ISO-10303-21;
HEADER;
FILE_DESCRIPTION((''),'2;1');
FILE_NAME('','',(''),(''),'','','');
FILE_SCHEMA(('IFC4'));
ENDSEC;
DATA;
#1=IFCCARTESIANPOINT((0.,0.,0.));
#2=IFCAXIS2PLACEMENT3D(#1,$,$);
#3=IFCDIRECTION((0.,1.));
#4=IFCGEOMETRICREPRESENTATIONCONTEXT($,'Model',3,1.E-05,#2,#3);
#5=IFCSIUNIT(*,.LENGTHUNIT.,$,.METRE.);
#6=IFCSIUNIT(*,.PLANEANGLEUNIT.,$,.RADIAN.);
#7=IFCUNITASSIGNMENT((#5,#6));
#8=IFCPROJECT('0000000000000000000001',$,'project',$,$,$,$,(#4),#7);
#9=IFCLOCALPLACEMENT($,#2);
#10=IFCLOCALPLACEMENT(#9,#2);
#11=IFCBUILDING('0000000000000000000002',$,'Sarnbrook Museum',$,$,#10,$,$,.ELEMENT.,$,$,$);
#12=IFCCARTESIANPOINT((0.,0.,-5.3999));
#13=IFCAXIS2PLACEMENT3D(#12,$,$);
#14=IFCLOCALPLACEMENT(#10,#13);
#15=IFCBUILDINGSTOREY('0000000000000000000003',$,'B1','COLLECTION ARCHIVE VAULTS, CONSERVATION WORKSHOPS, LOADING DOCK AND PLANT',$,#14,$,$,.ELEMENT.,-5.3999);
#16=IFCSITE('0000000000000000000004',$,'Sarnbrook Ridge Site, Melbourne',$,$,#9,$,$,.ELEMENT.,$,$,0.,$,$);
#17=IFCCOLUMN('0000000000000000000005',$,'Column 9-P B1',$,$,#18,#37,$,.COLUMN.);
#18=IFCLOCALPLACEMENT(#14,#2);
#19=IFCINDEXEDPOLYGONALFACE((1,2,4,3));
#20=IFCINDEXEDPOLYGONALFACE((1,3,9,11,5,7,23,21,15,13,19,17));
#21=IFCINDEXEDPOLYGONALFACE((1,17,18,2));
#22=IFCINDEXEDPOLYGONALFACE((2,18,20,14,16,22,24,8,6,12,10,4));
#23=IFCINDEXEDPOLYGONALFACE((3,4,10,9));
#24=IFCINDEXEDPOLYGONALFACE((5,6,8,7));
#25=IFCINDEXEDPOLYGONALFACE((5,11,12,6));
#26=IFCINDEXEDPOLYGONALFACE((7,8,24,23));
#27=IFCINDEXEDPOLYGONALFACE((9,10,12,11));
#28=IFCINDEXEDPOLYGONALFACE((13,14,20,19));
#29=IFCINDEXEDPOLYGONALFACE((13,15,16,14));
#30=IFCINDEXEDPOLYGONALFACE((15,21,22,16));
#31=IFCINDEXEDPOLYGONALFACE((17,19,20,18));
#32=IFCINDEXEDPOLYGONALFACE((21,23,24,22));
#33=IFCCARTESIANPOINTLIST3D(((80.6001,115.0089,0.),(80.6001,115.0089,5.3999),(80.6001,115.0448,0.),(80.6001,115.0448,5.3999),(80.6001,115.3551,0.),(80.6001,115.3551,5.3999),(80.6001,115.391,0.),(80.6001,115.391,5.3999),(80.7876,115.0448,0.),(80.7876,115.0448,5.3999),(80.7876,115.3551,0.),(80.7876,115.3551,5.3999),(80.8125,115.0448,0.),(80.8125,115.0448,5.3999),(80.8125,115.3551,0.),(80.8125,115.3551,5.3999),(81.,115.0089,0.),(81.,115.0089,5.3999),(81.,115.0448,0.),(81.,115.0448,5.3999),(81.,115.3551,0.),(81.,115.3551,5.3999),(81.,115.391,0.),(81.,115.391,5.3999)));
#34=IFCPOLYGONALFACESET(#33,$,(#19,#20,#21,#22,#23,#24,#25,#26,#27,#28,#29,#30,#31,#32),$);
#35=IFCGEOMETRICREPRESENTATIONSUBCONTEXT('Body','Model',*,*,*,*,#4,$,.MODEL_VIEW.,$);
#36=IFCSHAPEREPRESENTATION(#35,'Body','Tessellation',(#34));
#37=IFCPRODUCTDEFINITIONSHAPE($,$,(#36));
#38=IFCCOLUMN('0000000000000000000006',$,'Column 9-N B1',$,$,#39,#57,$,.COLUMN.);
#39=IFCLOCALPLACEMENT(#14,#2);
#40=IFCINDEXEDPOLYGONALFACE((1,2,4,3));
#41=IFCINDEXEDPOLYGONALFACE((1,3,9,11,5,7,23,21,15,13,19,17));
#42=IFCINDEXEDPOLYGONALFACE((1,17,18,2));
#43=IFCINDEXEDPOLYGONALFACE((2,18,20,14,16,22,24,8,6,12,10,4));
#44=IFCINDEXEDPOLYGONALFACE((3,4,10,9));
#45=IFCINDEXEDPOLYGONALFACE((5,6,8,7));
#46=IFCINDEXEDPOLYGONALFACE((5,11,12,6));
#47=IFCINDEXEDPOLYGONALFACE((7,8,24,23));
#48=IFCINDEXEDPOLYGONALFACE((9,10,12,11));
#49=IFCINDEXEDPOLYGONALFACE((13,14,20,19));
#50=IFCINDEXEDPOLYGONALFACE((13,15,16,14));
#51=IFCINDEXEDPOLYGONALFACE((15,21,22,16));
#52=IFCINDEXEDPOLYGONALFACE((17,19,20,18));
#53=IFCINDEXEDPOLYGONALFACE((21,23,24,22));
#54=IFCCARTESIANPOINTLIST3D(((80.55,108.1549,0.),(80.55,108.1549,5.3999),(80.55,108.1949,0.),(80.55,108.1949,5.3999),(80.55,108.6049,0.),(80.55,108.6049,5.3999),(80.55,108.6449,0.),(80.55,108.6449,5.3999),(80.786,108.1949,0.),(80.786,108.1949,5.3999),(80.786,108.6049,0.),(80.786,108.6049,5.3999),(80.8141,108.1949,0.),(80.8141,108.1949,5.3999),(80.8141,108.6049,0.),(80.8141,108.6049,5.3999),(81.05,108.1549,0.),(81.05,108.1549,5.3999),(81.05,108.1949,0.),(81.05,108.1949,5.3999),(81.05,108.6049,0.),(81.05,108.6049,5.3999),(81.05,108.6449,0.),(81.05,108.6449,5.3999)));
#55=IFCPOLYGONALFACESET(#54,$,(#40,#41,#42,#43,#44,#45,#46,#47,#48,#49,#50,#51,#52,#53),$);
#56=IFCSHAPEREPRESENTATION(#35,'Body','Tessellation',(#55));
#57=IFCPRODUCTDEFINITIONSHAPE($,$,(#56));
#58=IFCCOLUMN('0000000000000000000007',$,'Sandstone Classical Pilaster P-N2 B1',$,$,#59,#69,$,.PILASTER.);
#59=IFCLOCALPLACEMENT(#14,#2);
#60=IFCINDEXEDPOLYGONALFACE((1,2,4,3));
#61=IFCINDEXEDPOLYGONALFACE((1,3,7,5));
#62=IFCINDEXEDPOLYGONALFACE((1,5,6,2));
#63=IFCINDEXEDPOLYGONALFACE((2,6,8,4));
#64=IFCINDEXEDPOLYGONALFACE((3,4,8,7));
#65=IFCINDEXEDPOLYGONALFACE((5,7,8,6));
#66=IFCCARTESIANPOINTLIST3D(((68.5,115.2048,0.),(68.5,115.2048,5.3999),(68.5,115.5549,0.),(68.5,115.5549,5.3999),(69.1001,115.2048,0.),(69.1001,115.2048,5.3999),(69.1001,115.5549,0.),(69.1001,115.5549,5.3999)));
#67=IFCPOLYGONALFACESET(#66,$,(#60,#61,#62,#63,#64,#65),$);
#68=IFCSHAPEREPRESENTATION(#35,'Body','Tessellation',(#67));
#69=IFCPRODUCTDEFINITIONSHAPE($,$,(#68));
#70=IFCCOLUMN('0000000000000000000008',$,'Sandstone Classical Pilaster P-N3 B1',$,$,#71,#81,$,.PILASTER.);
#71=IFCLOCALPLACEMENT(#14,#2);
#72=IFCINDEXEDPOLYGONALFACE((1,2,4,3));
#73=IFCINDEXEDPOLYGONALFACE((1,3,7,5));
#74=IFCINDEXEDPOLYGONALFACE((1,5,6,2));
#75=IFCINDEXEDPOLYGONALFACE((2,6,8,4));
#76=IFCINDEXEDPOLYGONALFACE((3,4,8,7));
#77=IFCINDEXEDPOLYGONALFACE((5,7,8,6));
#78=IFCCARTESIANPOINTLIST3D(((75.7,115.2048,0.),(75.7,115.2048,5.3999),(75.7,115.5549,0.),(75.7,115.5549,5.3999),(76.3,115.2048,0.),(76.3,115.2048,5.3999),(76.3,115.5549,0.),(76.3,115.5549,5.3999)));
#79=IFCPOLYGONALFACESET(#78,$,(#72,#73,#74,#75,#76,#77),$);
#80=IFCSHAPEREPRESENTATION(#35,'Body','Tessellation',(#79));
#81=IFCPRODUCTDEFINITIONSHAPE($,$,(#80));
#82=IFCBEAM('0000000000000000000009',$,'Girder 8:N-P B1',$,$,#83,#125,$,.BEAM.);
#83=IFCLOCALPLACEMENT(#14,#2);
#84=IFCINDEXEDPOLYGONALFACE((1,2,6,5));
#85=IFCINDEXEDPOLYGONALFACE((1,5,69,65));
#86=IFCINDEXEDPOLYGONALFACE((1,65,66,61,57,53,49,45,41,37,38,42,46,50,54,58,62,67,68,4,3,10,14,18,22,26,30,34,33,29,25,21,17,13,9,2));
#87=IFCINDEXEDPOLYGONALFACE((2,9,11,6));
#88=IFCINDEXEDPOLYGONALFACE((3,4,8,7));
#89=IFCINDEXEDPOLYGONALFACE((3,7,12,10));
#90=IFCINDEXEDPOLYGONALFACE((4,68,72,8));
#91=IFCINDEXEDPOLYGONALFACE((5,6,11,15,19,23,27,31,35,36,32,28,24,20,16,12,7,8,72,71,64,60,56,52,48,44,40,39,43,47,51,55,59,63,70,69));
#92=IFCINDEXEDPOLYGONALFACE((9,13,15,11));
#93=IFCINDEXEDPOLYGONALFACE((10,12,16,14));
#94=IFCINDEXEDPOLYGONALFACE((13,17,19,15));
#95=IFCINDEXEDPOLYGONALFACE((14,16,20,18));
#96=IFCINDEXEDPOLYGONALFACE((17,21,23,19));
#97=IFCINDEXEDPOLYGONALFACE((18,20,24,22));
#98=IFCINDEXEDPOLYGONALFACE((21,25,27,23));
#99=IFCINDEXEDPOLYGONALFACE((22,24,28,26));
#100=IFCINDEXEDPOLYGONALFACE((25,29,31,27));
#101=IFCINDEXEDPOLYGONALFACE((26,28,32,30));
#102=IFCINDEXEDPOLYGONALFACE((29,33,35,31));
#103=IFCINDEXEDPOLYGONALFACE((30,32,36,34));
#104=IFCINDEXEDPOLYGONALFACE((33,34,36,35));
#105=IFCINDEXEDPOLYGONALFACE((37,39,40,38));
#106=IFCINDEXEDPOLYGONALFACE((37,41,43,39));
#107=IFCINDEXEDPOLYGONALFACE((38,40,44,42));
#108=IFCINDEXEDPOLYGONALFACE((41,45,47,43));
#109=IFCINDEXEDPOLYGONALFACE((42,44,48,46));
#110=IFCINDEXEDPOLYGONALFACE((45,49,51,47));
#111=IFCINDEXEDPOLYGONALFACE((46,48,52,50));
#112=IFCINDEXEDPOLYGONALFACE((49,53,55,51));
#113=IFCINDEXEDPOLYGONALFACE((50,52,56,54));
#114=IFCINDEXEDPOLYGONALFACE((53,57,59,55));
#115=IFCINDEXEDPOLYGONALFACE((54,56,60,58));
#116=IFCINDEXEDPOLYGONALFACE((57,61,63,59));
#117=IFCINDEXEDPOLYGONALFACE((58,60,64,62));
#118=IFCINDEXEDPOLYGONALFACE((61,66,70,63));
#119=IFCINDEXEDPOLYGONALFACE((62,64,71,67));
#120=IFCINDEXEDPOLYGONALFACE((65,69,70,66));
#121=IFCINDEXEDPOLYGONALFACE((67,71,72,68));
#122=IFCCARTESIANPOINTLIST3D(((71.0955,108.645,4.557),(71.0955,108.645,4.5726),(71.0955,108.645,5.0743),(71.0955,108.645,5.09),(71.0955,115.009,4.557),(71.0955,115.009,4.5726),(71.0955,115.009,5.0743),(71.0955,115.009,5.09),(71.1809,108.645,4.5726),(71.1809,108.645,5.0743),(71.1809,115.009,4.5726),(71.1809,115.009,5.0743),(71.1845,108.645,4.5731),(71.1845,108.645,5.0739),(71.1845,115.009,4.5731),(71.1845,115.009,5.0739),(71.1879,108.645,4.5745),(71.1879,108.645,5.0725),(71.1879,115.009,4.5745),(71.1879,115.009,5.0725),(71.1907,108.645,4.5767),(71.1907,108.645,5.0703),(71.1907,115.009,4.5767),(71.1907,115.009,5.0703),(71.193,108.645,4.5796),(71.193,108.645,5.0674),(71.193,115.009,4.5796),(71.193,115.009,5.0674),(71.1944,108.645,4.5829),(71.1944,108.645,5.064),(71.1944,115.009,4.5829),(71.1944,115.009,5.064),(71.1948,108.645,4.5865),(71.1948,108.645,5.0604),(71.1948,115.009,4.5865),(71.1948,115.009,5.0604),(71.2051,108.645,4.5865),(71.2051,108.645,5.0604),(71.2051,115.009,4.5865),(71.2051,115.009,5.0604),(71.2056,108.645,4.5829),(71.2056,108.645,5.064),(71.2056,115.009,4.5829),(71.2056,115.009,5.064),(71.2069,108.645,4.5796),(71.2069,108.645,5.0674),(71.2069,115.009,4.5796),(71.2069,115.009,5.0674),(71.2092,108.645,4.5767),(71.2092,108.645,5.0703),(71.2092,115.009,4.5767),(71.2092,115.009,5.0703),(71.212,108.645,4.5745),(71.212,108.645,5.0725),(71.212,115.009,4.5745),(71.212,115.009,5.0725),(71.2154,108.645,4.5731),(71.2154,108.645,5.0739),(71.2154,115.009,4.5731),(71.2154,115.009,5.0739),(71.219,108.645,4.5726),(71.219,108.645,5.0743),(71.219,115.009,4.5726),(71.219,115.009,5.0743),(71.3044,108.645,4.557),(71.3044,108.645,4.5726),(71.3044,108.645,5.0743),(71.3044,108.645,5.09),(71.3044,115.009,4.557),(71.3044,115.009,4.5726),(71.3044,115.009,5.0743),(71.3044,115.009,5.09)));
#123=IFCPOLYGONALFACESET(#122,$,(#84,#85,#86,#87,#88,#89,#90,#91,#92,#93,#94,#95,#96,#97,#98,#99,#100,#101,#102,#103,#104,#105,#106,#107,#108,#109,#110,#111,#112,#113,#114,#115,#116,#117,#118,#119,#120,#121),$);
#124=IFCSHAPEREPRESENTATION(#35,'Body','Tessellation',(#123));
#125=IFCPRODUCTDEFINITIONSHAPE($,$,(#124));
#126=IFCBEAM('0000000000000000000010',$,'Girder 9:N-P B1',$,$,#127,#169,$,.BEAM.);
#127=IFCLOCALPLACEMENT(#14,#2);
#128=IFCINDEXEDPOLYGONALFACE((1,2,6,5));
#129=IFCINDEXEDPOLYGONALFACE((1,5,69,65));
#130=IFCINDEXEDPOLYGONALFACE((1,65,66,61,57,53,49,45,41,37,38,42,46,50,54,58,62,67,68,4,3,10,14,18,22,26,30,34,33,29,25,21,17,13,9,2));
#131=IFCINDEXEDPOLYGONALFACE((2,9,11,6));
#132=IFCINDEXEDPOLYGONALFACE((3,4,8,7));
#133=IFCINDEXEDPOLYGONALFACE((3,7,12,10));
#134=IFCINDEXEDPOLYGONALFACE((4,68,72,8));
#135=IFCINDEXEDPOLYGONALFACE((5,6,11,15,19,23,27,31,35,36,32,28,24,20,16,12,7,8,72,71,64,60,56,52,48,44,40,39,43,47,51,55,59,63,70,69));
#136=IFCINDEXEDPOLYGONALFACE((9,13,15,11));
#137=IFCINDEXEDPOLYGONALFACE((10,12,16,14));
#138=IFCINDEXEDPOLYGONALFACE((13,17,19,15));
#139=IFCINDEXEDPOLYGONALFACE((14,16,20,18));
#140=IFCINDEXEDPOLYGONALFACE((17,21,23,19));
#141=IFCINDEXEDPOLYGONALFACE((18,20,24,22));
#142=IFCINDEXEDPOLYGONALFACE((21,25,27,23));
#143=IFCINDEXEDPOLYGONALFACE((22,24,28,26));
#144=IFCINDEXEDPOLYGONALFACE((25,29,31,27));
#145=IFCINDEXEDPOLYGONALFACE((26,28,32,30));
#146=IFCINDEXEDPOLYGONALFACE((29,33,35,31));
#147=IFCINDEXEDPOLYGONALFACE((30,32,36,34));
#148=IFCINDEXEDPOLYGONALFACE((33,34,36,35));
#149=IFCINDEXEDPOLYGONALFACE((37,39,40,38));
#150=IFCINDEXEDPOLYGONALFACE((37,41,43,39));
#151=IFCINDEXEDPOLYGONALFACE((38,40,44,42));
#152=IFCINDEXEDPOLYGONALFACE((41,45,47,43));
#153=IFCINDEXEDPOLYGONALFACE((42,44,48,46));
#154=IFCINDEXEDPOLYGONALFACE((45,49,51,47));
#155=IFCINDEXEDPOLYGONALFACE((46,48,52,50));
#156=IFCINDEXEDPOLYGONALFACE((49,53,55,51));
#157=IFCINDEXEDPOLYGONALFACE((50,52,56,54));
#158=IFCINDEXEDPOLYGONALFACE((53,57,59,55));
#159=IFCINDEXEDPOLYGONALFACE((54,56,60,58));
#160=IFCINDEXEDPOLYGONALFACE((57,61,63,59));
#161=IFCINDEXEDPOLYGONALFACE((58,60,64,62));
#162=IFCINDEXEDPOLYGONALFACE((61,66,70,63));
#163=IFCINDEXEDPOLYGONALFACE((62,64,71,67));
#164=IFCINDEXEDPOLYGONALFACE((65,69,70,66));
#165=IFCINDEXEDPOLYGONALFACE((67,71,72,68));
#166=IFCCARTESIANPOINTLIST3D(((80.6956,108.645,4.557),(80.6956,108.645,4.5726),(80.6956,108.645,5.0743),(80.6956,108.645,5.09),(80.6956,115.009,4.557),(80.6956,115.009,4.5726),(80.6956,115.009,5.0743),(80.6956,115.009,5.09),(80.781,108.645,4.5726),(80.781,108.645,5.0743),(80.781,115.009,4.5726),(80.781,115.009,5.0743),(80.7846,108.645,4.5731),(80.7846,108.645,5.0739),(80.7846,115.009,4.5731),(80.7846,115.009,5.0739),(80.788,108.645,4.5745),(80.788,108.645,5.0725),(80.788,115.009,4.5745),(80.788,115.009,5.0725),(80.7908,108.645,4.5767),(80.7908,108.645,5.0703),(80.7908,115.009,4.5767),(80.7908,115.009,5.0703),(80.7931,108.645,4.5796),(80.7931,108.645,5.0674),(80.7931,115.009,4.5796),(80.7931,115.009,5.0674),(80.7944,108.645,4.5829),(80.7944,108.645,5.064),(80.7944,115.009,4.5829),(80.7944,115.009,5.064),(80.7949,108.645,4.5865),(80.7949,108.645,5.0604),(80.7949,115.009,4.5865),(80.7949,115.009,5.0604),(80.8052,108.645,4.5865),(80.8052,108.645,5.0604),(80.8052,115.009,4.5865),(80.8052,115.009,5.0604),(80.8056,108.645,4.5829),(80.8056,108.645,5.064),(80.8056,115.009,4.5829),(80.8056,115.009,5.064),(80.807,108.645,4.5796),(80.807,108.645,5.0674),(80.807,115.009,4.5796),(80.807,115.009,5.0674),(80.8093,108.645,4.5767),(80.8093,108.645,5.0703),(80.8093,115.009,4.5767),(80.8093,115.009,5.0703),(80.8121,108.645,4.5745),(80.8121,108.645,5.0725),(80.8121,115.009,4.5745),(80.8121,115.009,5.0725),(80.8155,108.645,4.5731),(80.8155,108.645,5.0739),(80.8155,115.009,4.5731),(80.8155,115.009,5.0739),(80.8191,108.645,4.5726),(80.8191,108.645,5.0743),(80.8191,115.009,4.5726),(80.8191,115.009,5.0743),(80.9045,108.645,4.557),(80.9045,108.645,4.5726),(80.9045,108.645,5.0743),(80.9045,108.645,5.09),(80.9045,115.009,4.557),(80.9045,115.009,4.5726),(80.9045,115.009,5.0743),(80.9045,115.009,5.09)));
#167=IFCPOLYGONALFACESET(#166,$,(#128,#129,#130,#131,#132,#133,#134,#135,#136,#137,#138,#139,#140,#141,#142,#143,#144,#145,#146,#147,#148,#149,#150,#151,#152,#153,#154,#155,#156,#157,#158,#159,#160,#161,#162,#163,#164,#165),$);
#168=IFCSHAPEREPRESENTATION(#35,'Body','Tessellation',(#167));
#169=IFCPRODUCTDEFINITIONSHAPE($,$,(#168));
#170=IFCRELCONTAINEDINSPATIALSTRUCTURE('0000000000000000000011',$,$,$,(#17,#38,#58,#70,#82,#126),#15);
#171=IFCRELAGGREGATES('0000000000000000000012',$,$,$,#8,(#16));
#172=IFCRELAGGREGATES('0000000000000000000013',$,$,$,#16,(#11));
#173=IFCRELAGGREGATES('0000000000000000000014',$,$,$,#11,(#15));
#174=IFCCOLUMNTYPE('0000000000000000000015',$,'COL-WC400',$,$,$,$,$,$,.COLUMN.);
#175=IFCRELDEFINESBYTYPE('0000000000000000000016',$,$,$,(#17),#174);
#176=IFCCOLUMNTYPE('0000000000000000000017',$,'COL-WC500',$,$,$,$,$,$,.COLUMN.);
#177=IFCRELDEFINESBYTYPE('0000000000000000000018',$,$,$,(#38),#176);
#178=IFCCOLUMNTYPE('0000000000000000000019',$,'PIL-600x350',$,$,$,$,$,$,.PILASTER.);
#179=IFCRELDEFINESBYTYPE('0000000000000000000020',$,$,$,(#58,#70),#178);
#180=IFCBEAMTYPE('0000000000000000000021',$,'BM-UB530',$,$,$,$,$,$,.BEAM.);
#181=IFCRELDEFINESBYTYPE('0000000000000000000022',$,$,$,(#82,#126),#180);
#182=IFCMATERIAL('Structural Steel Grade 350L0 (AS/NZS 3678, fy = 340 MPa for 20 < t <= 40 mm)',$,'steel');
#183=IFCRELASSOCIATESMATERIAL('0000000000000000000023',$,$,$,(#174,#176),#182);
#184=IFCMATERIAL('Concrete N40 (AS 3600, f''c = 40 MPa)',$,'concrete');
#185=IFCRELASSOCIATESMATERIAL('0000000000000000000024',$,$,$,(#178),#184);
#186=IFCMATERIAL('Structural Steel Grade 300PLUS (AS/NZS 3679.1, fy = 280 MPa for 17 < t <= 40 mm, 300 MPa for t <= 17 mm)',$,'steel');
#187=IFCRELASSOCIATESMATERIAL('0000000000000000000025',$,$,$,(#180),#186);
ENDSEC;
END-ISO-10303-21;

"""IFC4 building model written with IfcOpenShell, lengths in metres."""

from ifc_helpers import new_model, si_unit, direction, frame, origin, origin_2d, place, context, subcontext, project, spatial, rectangle, i_section, extrude, material, material_profile, profile_set, type_object, element, save


model = new_model("IFC4")

# Units and contexts
model_context = context("Model", 3, precision=1e-05, world=origin(), true_north=direction((0.0, 1.0)))
body_context = subcontext(model_context, "Body", "Model", "MODEL_VIEW")
ifc_project = project(units=[si_unit("LENGTHUNIT", "METRE"), si_unit("PLANEANGLEUNIT", "RADIAN")], contexts=[model_context])

# Site, building, storey
site_placement = place(None, origin())
site = spatial("IfcSite", under=ifc_project, at=site_placement, Name="Sarnbrook Ridge Site, Melbourne", CompositionType="ELEMENT", RefElevation=0.0)
building_placement = place(site_placement, origin())
building = spatial("IfcBuilding", under=site, at=building_placement, Name="Sarnbrook Museum", CompositionType="ELEMENT")
storey_placement = place(building_placement, frame((0.0, 0.0, -5.3999)))
storey = spatial("IfcBuildingStorey", under=building, at=storey_placement, Name="B1", Description="COLLECTION ARCHIVE VAULTS, CONSERVATION WORKSHOPS, LOADING DOCK AND PLANT", CompositionType="ELEMENT", Elevation=-5.3999)

# Shared definitions
ifc_material_1 = material(Name="Concrete N40 (AS 3600, f'c = 40 MPa)", Category="concrete")

# Columns
ifc_material_2 = material(Name="Structural Steel Grade 350L0 (AS/NZS 3678, fy = 340 MPa for 20 < t <= 40 mm)", Category="steel")
ifc_material_profile_1 = material_profile(ifc_material_2, i_section(OverallWidth=0.3999, OverallDepth=0.3821, WebThickness=0.0249, FlangeThickness=0.0359, at=origin_2d()), Name="400WC270")
ifc_profile_set_1 = profile_set([ifc_material_profile_1], Name="Structural Steel Grade 350L0 (AS/NZS 3678, fy = 340 MPa for 20 < t <= 40 mm)")
column_type_1 = type_object("IfcColumnType", Name="COL-WC400", PredefinedType="COLUMN", material=ifc_profile_set_1)
for number, where, z_axis, x_axis, name in (
    (1, (80.8, 115.2, 0.0), (0.0, 0.0, 1.0), (1.0, 0.0, 0.0), "Column 9-P B1"),
):
    element("IfcColumn", number, at=place(storey_placement, frame(where, z_axis=z_axis, x_axis=x_axis)), inside=storey, type_object=column_type_1, Name=name, PredefinedType="COLUMN", context=body_context, shape_type="SweptSolid", body=[
        extrude(i_section(OverallWidth=0.3999, OverallDepth=0.3821, WebThickness=0.0249, FlangeThickness=0.0359, at=origin_2d()), origin(), (0.0, 0.0, 1.0), 5.3999),
    ])
ifc_material_profile_2 = material_profile(ifc_material_2, i_section(OverallWidth=0.5, OverallDepth=0.49, WebThickness=0.0281, FlangeThickness=0.04, at=origin_2d()), Name="500WC340")
ifc_profile_set_2 = profile_set([ifc_material_profile_2], Name="Structural Steel Grade 350L0 (AS/NZS 3678, fy = 340 MPa for 20 < t <= 40 mm)")
column_type_2 = type_object("IfcColumnType", Name="COL-WC500", PredefinedType="COLUMN", material=ifc_profile_set_2)
column_placement = place(storey_placement, frame((80.8, 108.3999, 0.0), z_axis=(0.0, 0.0, 1.0), x_axis=(1.0, 0.0, 0.0)))
element("IfcColumn", 2, at=column_placement, inside=storey, type_object=column_type_2, Name="Column 9-N B1", PredefinedType="COLUMN", context=body_context, shape_type="SweptSolid", body=[
    extrude(i_section(OverallWidth=0.5, OverallDepth=0.49, WebThickness=0.0281, FlangeThickness=0.04, at=origin_2d()), origin(), (0.0, 0.0, 1.0), 5.3999),
])
ifc_material_profile_3 = material_profile(ifc_material_1, rectangle(XDim=0.6001, YDim=0.3501, at=origin_2d()), Name="PILASTER 600x350")
ifc_profile_set_3 = profile_set([ifc_material_profile_3], Name="Concrete N40 (AS 3600, f'c = 40 MPa)")
column_type_3 = type_object("IfcColumnType", Name="PIL-600x350", PredefinedType="PILASTER", material=ifc_profile_set_3)
for number, where, z_axis, x_axis, name in (
    (3, (68.8, 115.3799, 0.0), (0.0, 0.0, 1.0), (1.0, 0.0, 0.0), "Sandstone Classical Pilaster P-N2 B1"),
    (4, (76.0, 115.3799, 0.0), (0.0, 0.0, 1.0), (1.0, 0.0, 0.0), "Sandstone Classical Pilaster P-N3 B1"),
):
    element("IfcColumn", number, at=place(storey_placement, frame(where, z_axis=z_axis, x_axis=x_axis)), inside=storey, type_object=column_type_3, Name=name, PredefinedType="PILASTER", context=body_context, shape_type="SweptSolid", body=[
        extrude(rectangle(XDim=0.6001, YDim=0.3501, at=origin_2d()), origin(), (0.0, 0.0, 1.0), 5.3999),
    ])

# Beams
ifc_material_3 = material(Name="Structural Steel Grade 300PLUS (AS/NZS 3679.1, fy = 280 MPa for 17 < t <= 40 mm, 300 MPa for t <= 17 mm)", Category="steel")
ifc_material_profile_4 = material_profile(ifc_material_3, i_section(OverallWidth=0.209, OverallDepth=0.533, WebThickness=0.0103, FlangeThickness=0.0156, FilletRadius=0.0139, at=origin_2d()), Name="530UB92.4")
ifc_profile_set_4 = profile_set([ifc_material_profile_4], Name="Structural Steel Grade 300PLUS (AS/NZS 3679.1, fy = 280 MPa for 17 < t <= 40 mm, 300 MPa for t <= 17 mm)")
beam_type_1 = type_object("IfcBeamType", Name="BM-UB530", PredefinedType="BEAM", material=ifc_profile_set_4)
for number, where, z_axis, x_axis, name in (
    (5, (71.2, 108.645, 4.8235), (0.0, 1.0, 0.0), (-1.0, 0.0, 0.0), "Girder 8:N-P B1"),
    (6, (80.8, 108.645, 4.8235), (0.0, 1.0, 0.0), (-1.0, 0.0, 0.0), "Girder 9:N-P B1"),
):
    element("IfcBeam", number, at=place(storey_placement, frame(where, z_axis=z_axis, x_axis=x_axis)), inside=storey, type_object=beam_type_1, Name=name, PredefinedType="BEAM", context=body_context, shape_type="SweptSolid", body=[
        extrude(i_section(OverallWidth=0.209, OverallDepth=0.533, WebThickness=0.0103, FlangeThickness=0.0156, FilletRadius=0.0139, at=origin_2d()), origin(), (0.0, 0.0, 1.0), 6.364),
    ])

save(model, "model.ifc")
